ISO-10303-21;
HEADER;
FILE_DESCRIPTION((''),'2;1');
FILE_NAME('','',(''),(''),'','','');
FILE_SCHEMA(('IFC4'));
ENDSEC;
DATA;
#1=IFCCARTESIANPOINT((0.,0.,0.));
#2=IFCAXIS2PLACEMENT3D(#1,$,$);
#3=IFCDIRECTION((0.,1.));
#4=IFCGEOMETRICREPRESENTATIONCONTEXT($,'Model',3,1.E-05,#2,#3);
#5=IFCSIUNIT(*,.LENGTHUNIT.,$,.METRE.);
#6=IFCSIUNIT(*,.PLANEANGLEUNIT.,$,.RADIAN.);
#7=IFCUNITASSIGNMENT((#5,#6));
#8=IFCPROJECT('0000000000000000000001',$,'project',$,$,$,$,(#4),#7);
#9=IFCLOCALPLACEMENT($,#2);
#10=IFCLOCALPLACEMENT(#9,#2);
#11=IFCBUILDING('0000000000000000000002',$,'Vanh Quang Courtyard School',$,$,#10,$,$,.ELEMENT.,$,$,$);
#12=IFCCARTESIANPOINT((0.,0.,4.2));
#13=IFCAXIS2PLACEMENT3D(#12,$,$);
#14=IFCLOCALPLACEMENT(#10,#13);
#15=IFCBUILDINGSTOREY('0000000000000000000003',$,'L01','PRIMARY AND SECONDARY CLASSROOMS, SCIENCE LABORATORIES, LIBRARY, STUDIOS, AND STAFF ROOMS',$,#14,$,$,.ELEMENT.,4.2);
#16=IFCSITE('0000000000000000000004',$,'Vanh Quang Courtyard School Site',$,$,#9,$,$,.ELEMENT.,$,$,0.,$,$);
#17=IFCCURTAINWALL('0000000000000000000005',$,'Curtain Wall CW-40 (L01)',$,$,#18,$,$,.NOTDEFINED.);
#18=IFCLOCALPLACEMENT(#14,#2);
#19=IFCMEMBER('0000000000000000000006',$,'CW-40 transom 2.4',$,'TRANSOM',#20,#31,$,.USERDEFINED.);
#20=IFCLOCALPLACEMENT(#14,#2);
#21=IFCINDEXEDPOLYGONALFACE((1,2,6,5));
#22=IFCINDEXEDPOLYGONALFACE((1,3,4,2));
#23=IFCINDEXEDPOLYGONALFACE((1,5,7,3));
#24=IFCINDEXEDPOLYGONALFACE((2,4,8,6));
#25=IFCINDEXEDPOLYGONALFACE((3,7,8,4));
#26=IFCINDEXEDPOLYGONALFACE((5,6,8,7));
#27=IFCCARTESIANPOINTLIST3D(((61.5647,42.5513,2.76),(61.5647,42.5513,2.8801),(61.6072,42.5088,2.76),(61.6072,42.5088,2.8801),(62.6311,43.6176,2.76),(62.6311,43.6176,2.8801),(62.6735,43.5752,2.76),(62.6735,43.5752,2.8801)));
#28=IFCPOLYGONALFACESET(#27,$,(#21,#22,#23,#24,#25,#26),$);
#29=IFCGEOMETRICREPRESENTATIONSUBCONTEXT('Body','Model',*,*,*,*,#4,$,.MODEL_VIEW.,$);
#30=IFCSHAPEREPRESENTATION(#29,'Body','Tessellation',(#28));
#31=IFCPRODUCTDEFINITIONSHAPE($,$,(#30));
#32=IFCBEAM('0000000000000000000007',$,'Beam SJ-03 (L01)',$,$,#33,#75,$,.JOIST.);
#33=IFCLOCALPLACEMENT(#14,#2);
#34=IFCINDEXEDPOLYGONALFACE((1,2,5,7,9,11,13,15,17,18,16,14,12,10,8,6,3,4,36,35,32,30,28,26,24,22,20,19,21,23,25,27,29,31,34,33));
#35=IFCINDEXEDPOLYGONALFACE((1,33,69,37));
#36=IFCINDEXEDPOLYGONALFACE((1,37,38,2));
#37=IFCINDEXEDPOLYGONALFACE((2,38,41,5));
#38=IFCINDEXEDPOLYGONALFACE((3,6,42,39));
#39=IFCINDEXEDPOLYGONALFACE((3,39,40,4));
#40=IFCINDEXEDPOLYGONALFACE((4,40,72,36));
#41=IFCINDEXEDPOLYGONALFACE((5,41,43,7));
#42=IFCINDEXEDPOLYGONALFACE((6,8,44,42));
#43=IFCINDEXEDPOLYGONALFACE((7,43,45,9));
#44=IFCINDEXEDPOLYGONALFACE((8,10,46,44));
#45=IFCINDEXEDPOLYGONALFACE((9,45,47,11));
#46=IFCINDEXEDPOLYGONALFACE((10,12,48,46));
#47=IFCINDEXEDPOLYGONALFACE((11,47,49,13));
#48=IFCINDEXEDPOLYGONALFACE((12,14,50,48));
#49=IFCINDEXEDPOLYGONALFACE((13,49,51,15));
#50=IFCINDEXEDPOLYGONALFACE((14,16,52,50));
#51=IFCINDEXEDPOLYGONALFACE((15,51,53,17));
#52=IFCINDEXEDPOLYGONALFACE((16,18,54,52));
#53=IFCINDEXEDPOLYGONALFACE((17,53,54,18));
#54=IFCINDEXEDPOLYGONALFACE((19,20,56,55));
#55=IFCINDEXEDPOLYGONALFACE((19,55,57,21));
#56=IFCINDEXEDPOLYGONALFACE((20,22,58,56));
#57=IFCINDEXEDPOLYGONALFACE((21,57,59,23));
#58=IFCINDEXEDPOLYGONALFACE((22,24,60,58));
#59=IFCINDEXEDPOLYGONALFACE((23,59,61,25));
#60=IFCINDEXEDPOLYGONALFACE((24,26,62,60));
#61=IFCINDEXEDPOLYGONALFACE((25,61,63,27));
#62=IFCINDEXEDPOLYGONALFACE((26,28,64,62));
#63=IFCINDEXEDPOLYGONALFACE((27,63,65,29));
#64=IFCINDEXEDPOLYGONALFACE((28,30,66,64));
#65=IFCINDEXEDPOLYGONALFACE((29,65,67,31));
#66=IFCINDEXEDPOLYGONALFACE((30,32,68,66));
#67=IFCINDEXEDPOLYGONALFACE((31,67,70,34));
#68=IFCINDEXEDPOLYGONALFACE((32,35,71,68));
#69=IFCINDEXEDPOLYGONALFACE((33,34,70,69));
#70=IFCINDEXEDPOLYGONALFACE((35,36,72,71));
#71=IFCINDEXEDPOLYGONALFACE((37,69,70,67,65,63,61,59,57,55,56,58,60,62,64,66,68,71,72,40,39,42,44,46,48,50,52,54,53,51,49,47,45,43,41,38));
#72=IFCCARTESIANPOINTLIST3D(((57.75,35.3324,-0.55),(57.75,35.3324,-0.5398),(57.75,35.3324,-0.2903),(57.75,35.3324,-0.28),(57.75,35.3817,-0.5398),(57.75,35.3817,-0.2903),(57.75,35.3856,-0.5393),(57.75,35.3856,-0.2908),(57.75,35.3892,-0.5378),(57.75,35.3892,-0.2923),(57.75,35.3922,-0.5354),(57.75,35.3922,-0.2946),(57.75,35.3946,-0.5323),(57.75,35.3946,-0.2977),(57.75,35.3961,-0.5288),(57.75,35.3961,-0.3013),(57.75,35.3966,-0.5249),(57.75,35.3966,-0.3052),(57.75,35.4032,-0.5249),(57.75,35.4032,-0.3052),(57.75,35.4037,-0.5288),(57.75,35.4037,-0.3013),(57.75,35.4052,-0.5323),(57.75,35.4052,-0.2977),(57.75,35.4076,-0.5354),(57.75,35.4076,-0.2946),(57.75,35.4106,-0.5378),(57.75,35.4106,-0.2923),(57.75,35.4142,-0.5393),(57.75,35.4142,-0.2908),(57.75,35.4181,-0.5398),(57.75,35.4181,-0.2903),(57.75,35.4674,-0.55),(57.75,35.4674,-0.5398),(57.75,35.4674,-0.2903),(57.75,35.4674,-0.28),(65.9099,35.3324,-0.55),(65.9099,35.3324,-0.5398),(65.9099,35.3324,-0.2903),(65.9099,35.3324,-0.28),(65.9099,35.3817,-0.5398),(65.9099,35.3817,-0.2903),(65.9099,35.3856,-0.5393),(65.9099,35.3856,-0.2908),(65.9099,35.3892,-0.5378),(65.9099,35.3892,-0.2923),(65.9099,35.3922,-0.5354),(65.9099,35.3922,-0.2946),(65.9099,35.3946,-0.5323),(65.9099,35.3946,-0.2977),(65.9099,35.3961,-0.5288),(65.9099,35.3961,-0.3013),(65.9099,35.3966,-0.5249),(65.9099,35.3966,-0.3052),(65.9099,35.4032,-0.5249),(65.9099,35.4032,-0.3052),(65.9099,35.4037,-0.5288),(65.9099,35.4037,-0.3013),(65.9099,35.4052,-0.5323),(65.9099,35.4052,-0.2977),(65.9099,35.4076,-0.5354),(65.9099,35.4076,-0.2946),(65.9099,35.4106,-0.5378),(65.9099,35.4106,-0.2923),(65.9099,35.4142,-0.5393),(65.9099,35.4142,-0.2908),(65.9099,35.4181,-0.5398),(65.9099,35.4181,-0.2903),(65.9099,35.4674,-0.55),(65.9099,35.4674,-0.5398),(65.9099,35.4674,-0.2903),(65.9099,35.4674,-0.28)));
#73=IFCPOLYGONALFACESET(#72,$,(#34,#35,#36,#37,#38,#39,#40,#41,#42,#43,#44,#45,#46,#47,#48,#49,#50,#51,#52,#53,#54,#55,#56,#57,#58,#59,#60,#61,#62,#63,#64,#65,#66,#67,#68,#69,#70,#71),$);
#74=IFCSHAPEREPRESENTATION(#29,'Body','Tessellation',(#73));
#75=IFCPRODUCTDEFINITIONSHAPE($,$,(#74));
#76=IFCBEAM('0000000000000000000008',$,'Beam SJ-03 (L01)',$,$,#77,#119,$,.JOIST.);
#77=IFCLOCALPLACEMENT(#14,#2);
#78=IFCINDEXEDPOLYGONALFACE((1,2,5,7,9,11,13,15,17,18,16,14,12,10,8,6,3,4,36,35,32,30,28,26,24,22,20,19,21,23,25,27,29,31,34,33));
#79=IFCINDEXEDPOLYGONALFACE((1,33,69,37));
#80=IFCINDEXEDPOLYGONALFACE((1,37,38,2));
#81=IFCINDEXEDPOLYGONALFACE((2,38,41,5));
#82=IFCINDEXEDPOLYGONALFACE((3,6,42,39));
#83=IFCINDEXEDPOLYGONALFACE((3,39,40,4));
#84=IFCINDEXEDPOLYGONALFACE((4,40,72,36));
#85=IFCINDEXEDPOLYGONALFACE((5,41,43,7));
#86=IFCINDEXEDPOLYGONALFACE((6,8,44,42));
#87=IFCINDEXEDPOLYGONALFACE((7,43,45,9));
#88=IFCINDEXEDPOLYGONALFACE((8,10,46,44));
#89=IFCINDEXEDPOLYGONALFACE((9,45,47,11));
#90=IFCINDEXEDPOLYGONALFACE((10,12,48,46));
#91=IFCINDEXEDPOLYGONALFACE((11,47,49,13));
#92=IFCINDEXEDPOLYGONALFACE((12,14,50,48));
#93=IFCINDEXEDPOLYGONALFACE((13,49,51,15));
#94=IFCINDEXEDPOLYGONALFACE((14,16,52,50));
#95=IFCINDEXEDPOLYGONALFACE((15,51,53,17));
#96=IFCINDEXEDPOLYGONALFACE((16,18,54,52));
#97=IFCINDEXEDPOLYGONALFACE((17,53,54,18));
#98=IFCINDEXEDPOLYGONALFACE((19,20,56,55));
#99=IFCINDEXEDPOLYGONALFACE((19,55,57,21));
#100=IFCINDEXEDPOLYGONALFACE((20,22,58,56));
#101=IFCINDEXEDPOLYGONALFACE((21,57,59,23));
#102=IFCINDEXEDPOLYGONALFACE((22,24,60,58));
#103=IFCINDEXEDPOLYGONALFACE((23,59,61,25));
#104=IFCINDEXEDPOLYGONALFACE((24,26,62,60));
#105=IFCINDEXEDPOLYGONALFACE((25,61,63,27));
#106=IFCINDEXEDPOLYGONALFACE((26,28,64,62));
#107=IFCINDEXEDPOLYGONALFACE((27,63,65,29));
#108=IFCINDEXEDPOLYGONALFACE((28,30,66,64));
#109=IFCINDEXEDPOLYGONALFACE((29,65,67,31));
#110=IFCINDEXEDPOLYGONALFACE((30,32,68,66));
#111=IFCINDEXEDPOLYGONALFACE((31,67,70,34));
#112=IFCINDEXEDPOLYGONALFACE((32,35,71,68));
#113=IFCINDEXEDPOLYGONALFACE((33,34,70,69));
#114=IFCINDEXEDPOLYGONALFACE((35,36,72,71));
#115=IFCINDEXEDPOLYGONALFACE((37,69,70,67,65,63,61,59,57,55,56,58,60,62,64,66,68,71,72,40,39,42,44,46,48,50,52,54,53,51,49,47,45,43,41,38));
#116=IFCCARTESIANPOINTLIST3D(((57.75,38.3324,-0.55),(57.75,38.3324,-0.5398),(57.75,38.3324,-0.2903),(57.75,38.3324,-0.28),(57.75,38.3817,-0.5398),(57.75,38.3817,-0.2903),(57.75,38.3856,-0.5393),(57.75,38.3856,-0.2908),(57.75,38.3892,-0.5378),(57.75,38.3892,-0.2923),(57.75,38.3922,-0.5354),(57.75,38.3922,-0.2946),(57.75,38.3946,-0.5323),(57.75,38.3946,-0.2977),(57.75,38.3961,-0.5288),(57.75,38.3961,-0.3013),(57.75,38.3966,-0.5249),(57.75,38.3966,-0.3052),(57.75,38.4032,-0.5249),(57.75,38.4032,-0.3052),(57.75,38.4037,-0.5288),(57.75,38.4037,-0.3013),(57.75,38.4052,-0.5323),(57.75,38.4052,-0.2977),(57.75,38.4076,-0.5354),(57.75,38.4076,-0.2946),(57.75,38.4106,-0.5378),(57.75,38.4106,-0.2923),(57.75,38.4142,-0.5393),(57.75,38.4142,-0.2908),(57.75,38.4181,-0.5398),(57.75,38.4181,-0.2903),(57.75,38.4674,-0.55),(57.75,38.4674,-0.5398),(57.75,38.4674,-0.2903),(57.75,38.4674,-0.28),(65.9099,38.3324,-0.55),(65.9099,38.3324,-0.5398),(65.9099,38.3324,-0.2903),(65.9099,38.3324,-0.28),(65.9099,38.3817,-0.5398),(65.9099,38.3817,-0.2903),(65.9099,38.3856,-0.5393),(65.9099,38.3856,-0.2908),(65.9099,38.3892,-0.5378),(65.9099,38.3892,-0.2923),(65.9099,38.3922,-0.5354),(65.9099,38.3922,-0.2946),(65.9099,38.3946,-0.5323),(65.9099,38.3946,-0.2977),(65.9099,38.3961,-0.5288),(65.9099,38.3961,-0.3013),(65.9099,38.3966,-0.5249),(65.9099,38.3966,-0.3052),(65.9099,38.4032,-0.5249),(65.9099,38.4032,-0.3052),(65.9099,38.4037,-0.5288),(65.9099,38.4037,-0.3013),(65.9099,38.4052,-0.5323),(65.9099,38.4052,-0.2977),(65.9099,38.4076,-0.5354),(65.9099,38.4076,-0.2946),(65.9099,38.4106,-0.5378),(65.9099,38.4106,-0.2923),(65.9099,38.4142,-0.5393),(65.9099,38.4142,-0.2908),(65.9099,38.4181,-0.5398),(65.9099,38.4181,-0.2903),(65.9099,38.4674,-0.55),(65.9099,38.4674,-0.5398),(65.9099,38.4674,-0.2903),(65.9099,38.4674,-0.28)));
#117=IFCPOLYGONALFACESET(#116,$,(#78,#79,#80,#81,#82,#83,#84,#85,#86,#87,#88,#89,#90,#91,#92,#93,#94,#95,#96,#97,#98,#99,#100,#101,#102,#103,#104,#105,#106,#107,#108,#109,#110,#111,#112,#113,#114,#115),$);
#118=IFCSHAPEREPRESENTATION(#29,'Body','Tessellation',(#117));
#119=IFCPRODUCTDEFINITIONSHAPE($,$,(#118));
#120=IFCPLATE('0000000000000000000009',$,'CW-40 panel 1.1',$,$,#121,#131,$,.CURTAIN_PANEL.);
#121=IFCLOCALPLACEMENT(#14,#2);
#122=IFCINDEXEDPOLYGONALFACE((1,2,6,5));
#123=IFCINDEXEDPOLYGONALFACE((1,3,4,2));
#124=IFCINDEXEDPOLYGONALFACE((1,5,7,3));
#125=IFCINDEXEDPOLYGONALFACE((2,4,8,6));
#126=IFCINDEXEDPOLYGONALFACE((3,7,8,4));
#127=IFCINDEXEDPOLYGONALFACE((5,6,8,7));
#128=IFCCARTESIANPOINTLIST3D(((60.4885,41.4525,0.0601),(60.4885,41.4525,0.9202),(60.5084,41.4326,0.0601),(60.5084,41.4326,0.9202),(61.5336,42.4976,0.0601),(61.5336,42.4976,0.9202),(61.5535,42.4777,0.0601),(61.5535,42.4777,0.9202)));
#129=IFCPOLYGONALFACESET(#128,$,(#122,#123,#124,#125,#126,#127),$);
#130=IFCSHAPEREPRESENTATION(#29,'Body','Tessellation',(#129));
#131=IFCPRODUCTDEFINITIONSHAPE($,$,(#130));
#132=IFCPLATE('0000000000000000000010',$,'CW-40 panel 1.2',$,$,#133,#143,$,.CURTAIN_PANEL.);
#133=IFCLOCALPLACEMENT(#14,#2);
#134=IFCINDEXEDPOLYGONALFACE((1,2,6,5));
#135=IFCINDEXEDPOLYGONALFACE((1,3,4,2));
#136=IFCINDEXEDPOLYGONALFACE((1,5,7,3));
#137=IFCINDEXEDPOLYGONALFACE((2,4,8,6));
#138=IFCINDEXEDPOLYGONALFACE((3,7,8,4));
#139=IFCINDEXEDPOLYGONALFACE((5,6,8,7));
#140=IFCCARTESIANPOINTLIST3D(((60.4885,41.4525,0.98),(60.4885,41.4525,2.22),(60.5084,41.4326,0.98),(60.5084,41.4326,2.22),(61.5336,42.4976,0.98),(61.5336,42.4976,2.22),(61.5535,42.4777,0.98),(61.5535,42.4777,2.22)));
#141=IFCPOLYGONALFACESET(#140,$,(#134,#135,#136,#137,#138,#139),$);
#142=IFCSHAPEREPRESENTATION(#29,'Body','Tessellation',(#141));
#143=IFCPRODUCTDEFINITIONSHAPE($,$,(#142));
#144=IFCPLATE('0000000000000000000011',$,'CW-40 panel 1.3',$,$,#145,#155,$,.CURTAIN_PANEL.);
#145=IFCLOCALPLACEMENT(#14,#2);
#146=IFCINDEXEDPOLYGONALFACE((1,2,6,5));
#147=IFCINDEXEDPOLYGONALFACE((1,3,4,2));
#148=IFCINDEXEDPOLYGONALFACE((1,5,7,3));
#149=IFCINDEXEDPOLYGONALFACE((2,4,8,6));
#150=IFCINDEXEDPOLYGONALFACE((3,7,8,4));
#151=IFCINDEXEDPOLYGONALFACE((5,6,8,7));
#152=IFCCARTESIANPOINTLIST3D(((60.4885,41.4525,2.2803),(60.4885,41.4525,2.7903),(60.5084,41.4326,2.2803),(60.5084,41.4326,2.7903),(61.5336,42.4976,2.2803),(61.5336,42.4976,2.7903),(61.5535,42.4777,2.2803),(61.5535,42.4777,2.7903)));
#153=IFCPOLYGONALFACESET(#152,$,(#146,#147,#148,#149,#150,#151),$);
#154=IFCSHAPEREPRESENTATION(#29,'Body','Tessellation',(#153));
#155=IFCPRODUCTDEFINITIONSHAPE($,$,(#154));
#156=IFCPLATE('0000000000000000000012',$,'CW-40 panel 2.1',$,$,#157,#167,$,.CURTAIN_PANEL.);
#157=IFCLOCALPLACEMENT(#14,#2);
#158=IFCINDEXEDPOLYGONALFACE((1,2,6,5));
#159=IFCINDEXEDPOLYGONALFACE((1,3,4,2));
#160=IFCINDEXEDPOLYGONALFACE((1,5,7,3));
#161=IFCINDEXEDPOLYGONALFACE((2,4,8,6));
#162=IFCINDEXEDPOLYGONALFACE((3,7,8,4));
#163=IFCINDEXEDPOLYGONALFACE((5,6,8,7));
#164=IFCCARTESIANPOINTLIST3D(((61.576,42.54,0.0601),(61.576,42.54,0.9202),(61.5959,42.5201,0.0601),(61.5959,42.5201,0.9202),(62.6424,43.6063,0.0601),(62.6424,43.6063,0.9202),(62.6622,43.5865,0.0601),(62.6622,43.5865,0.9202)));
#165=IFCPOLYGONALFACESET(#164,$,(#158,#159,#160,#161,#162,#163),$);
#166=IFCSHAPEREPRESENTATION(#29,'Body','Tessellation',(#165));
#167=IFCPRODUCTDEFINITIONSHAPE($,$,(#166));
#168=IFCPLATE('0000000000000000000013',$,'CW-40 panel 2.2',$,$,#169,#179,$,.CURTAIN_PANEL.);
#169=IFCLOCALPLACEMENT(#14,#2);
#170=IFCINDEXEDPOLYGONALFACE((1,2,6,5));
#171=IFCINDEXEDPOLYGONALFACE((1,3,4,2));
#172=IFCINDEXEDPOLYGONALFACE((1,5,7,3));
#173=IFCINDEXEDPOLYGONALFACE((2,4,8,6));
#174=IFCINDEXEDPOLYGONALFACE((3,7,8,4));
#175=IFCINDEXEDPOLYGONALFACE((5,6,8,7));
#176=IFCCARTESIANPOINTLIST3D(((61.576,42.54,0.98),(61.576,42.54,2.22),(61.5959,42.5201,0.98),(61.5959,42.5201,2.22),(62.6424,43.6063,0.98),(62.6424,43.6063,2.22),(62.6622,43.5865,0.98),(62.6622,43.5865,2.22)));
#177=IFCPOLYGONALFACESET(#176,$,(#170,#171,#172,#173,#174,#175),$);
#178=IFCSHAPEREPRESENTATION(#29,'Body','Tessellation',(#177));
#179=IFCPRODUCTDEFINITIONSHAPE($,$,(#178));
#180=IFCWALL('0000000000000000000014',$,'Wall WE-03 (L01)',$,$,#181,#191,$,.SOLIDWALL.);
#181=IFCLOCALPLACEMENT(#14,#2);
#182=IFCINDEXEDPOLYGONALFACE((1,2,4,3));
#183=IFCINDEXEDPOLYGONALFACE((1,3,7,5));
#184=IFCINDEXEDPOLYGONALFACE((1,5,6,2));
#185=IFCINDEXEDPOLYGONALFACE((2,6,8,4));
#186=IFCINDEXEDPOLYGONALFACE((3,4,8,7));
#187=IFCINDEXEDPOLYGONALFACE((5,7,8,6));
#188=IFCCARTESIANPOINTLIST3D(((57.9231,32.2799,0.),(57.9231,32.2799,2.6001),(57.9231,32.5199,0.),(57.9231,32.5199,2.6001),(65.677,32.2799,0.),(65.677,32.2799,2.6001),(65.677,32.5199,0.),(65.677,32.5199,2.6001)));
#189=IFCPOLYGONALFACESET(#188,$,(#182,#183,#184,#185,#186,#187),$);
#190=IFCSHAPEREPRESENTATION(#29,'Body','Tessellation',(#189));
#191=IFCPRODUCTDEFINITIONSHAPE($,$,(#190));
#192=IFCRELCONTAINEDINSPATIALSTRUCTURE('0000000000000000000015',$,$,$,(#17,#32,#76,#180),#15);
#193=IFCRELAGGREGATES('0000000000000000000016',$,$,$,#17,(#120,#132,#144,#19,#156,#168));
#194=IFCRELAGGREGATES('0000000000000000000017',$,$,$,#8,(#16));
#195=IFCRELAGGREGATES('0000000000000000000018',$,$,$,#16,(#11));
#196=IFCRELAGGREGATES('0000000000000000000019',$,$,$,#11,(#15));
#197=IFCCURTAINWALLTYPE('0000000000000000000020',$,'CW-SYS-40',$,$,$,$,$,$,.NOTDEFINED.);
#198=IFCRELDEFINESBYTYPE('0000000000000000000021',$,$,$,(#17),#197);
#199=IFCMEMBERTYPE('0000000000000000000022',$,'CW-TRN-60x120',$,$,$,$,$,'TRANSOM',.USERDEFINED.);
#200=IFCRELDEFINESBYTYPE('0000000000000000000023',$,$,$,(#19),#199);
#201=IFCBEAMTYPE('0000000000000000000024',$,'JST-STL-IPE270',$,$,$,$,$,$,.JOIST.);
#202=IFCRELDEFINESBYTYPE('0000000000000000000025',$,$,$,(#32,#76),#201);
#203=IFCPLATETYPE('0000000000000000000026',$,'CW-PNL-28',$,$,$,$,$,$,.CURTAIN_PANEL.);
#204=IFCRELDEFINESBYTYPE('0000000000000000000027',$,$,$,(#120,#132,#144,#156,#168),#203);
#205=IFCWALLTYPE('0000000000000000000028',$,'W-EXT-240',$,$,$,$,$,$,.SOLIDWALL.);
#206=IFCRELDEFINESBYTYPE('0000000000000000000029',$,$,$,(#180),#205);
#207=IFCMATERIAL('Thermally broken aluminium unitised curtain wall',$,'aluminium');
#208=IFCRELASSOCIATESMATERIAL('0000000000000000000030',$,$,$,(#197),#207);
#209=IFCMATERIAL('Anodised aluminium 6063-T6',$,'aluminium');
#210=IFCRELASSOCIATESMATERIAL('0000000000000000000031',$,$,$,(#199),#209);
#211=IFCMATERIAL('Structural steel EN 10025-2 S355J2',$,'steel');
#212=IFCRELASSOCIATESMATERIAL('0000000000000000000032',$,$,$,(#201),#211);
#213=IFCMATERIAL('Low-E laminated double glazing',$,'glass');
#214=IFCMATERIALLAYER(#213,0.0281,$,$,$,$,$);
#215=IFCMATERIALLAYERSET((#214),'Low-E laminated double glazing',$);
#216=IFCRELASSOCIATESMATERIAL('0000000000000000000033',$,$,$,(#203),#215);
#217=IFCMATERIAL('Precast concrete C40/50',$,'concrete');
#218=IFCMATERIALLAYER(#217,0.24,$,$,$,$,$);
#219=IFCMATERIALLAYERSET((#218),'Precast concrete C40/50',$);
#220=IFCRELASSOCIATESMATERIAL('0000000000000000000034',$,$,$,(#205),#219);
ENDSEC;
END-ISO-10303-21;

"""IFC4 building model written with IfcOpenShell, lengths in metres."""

from ifc_helpers import new_model, si_unit, direction, frame, frame_2d, origin, origin_2d, place, context, subcontext, project, spatial, rectangle, i_section, extrude, material, layer, layer_set, material_profile, profile_set, type_object, element, aggregate, save


model = new_model("IFC4")

# Units and contexts
model_context = context("Model", 3, precision=1e-05, world=origin(), true_north=direction((0.0, 1.0)))
body_context = subcontext(model_context, "Body", "Model", "MODEL_VIEW")
ifc_project = project(units=[si_unit("LENGTHUNIT", "METRE"), si_unit("PLANEANGLEUNIT", "RADIAN")], contexts=[model_context])

# Site, building, storey
site_placement = place(None, origin())
site = spatial("IfcSite", under=ifc_project, at=site_placement, Name="Vanh Quang Courtyard School Site", CompositionType="ELEMENT", RefElevation=0.0)
building_placement = place(site_placement, origin())
building = spatial("IfcBuilding", under=site, at=building_placement, Name="Vanh Quang Courtyard School", CompositionType="ELEMENT")
storey_placement = place(building_placement, frame((0.0, 0.0, 4.2)))
storey = spatial("IfcBuildingStorey", under=building, at=storey_placement, Name="L01", Description="PRIMARY AND SECONDARY CLASSROOMS, SCIENCE LABORATORIES, LIBRARY, STUDIOS, AND STAFF ROOMS", CompositionType="ELEMENT", Elevation=4.2)

# Shared definitions
ifc_material_1 = material(Name="Structural steel EN 10025-2 S355J2", Category="steel")

# Shared definitions
ifc_material_2 = material(Name="Thermally broken aluminium unitised curtain wall", Category="aluminium")
ifc_material_3 = material(Name="Anodised aluminium 6063-T6", Category="aluminium")

# Curtain wall, member
curtain_wall_type_1 = type_object("IfcCurtainWallType", Name="CW-SYS-40", PredefinedType="NOTDEFINED", material=ifc_material_2)
curtain_wall_1_placement = place(storey_placement, origin())
curtain_wall_1 = element("IfcCurtainWall", 1, at=curtain_wall_1_placement, inside=storey, type_object=curtain_wall_type_1, Name="Curtain Wall CW-40 (L01)", PredefinedType="NOTDEFINED")
ifc_material_profile_1 = material_profile(ifc_material_3, rectangle(XDim=0.0601, YDim=0.1201, at=origin_2d()), Name="ALU-TRN 60x120")
ifc_profile_set_1 = profile_set([ifc_material_profile_1], Name="Anodised aluminium 6063-T6")
member_type_1 = type_object("IfcMemberType", Name="CW-TRN-60x120", ElementType="TRANSOM", PredefinedType="USERDEFINED", material=ifc_profile_set_1)
member_1_placement = place(storey_placement, frame((61.5859, 42.53, 2.8201), z_axis=(0.707107, 0.707107, 0.0), x_axis=(-0.707107, 0.707107, 0.0)))
member_1 = element("IfcMember", 2, at=member_1_placement, type_object=member_type_1, Name="CW-40 transom 2.4", ObjectType="TRANSOM", PredefinedType="USERDEFINED", context=body_context, shape_type="SweptSolid", body=[
    extrude(rectangle(XDim=0.0601, YDim=0.1201, at=origin_2d()), origin(), (0.0, 0.0, 1.0), 1.5081),
])

# Beams
ifc_material_profile_2 = material_profile(ifc_material_1, i_section(OverallWidth=0.135, OverallDepth=0.27, WebThickness=0.0066, FlangeThickness=0.0103, FilletRadius=0.0149, at=origin_2d()), Name="IPE 270")
ifc_profile_set_2 = profile_set([ifc_material_profile_2], Name="Structural steel EN 10025-2 S355J2")
beam_type_1 = type_object("IfcBeamType", Name="JST-STL-IPE270", PredefinedType="JOIST", material=ifc_profile_set_2)
for number, where, z_axis, x_axis, name in (
    (3, (57.75, 35.3999, -0.415), (1.0, 0.0, 0.0), (0.0, 1.0, 0.0), "Beam SJ-03 (L01)"),
    (4, (57.75, 38.3999, -0.415), (1.0, 0.0, 0.0), (0.0, 1.0, 0.0), "Beam SJ-03 (L01)"),
):
    element("IfcBeam", number, at=place(storey_placement, frame(where, z_axis=z_axis, x_axis=x_axis)), inside=storey, type_object=beam_type_1, Name=name, PredefinedType="JOIST", context=body_context, shape_type="SweptSolid", body=[
        extrude(i_section(OverallWidth=0.135, OverallDepth=0.27, WebThickness=0.0066, FlangeThickness=0.0103, FilletRadius=0.0149, at=origin_2d()), origin(), (0.0, 0.0, 1.0), 8.1599),
    ])

# Plates
ifc_material_4 = material(Name="Low-E laminated double glazing", Category="glass")
ifc_layer_1 = layer(ifc_material_4, 0.0281)
ifc_layer_set_1 = layer_set([ifc_layer_1], Name="Low-E laminated double glazing")
plate_type = type_object("IfcPlateType", Name="CW-PNL-28", PredefinedType="CURTAIN_PANEL", material=ifc_layer_set_1)
plate_1_placement = place(storey_placement, frame((61.021, 41.9651, 0.0601), z_axis=(0.0, 0.0, 1.0), x_axis=(0.707107, 0.707107, 0.0)))
plate_1 = element("IfcPlate", 5, at=plate_1_placement, type_object=plate_type, Name="CW-40 panel 1.1", PredefinedType="CURTAIN_PANEL", context=body_context, shape_type="SweptSolid", body=[
    extrude(rectangle(XDim=1.478, YDim=0.0281, at=origin_2d()), origin(), (0.0, 0.0, 1.0), 0.8601),
])
plate_2_placement = place(storey_placement, frame((61.021, 41.9651, 0.98), z_axis=(0.0, 0.0, 1.0), x_axis=(0.707107, 0.707107, 0.0)))
plate_2 = element("IfcPlate", 6, at=plate_2_placement, type_object=plate_type, Name="CW-40 panel 1.2", PredefinedType="CURTAIN_PANEL", context=body_context, shape_type="SweptSolid", body=[
    extrude(rectangle(XDim=1.478, YDim=0.0281, at=origin_2d()), origin(), (0.0, 0.0, 1.0), 1.24),
])
plate_3_placement = place(storey_placement, frame((61.021, 41.9651, 2.2803), z_axis=(0.0, 0.0, 1.0), x_axis=(0.707107, 0.707107, 0.0)))
plate_3 = element("IfcPlate", 7, at=plate_3_placement, type_object=plate_type, Name="CW-40 panel 1.3", PredefinedType="CURTAIN_PANEL", context=body_context, shape_type="SweptSolid", body=[
    extrude(rectangle(XDim=1.478, YDim=0.0281, at=origin_2d()), origin(), (0.0, 0.0, 1.0), 0.51),
])
plate_4_placement = place(storey_placement, frame((62.1191, 43.0632, 0.0601), z_axis=(0.0, 0.0, 1.0), x_axis=(0.707107, 0.707107, 0.0)))
plate_4 = element("IfcPlate", 8, at=plate_4_placement, type_object=plate_type, Name="CW-40 panel 2.1", PredefinedType="CURTAIN_PANEL", context=body_context, shape_type="SweptSolid", body=[
    extrude(rectangle(XDim=1.5081, YDim=0.0281, at=origin_2d()), origin(), (0.0, 0.0, 1.0), 0.8601),
])
plate_5_placement = place(storey_placement, frame((62.1191, 43.0632, 0.98), z_axis=(0.0, 0.0, 1.0), x_axis=(0.707107, 0.707107, 0.0)))
plate_5 = element("IfcPlate", 9, at=plate_5_placement, type_object=plate_type, Name="CW-40 panel 2.2", PredefinedType="CURTAIN_PANEL", context=body_context, shape_type="SweptSolid", body=[
    extrude(rectangle(XDim=1.5081, YDim=0.0281, at=origin_2d()), origin(), (0.0, 0.0, 1.0), 1.24),
])
aggregate(curtain_wall_1, [plate_1, plate_2, plate_3, member_1, plate_4, plate_5])

# Wall
ifc_material_5 = material(Name="Precast concrete C40/50", Category="concrete")
ifc_layer_2 = layer(ifc_material_5, 0.24)
ifc_layer_set_2 = layer_set([ifc_layer_2], Name="Precast concrete C40/50")
wall_type = type_object("IfcWallType", Name="W-EXT-240", PredefinedType="SOLIDWALL", material=ifc_layer_set_2)
wall_1_placement = place(storey_placement, frame((65.677, 32.3999, 0.0), z_axis=(0.0, 0.0, 1.0), x_axis=(-1.0, 0.0, 0.0)))
element("IfcWall", 10, at=wall_1_placement, inside=storey, type_object=wall_type, Name="Wall WE-03 (L01)", PredefinedType="SOLIDWALL", context=body_context, shape_type="SweptSolid", body=[
    extrude(rectangle(XDim=7.7539, YDim=0.24, at=frame_2d((3.877, 0.0))), origin(), (0.0, 0.0, 1.0), 2.6001),
])

save(model, "model.ifc")
